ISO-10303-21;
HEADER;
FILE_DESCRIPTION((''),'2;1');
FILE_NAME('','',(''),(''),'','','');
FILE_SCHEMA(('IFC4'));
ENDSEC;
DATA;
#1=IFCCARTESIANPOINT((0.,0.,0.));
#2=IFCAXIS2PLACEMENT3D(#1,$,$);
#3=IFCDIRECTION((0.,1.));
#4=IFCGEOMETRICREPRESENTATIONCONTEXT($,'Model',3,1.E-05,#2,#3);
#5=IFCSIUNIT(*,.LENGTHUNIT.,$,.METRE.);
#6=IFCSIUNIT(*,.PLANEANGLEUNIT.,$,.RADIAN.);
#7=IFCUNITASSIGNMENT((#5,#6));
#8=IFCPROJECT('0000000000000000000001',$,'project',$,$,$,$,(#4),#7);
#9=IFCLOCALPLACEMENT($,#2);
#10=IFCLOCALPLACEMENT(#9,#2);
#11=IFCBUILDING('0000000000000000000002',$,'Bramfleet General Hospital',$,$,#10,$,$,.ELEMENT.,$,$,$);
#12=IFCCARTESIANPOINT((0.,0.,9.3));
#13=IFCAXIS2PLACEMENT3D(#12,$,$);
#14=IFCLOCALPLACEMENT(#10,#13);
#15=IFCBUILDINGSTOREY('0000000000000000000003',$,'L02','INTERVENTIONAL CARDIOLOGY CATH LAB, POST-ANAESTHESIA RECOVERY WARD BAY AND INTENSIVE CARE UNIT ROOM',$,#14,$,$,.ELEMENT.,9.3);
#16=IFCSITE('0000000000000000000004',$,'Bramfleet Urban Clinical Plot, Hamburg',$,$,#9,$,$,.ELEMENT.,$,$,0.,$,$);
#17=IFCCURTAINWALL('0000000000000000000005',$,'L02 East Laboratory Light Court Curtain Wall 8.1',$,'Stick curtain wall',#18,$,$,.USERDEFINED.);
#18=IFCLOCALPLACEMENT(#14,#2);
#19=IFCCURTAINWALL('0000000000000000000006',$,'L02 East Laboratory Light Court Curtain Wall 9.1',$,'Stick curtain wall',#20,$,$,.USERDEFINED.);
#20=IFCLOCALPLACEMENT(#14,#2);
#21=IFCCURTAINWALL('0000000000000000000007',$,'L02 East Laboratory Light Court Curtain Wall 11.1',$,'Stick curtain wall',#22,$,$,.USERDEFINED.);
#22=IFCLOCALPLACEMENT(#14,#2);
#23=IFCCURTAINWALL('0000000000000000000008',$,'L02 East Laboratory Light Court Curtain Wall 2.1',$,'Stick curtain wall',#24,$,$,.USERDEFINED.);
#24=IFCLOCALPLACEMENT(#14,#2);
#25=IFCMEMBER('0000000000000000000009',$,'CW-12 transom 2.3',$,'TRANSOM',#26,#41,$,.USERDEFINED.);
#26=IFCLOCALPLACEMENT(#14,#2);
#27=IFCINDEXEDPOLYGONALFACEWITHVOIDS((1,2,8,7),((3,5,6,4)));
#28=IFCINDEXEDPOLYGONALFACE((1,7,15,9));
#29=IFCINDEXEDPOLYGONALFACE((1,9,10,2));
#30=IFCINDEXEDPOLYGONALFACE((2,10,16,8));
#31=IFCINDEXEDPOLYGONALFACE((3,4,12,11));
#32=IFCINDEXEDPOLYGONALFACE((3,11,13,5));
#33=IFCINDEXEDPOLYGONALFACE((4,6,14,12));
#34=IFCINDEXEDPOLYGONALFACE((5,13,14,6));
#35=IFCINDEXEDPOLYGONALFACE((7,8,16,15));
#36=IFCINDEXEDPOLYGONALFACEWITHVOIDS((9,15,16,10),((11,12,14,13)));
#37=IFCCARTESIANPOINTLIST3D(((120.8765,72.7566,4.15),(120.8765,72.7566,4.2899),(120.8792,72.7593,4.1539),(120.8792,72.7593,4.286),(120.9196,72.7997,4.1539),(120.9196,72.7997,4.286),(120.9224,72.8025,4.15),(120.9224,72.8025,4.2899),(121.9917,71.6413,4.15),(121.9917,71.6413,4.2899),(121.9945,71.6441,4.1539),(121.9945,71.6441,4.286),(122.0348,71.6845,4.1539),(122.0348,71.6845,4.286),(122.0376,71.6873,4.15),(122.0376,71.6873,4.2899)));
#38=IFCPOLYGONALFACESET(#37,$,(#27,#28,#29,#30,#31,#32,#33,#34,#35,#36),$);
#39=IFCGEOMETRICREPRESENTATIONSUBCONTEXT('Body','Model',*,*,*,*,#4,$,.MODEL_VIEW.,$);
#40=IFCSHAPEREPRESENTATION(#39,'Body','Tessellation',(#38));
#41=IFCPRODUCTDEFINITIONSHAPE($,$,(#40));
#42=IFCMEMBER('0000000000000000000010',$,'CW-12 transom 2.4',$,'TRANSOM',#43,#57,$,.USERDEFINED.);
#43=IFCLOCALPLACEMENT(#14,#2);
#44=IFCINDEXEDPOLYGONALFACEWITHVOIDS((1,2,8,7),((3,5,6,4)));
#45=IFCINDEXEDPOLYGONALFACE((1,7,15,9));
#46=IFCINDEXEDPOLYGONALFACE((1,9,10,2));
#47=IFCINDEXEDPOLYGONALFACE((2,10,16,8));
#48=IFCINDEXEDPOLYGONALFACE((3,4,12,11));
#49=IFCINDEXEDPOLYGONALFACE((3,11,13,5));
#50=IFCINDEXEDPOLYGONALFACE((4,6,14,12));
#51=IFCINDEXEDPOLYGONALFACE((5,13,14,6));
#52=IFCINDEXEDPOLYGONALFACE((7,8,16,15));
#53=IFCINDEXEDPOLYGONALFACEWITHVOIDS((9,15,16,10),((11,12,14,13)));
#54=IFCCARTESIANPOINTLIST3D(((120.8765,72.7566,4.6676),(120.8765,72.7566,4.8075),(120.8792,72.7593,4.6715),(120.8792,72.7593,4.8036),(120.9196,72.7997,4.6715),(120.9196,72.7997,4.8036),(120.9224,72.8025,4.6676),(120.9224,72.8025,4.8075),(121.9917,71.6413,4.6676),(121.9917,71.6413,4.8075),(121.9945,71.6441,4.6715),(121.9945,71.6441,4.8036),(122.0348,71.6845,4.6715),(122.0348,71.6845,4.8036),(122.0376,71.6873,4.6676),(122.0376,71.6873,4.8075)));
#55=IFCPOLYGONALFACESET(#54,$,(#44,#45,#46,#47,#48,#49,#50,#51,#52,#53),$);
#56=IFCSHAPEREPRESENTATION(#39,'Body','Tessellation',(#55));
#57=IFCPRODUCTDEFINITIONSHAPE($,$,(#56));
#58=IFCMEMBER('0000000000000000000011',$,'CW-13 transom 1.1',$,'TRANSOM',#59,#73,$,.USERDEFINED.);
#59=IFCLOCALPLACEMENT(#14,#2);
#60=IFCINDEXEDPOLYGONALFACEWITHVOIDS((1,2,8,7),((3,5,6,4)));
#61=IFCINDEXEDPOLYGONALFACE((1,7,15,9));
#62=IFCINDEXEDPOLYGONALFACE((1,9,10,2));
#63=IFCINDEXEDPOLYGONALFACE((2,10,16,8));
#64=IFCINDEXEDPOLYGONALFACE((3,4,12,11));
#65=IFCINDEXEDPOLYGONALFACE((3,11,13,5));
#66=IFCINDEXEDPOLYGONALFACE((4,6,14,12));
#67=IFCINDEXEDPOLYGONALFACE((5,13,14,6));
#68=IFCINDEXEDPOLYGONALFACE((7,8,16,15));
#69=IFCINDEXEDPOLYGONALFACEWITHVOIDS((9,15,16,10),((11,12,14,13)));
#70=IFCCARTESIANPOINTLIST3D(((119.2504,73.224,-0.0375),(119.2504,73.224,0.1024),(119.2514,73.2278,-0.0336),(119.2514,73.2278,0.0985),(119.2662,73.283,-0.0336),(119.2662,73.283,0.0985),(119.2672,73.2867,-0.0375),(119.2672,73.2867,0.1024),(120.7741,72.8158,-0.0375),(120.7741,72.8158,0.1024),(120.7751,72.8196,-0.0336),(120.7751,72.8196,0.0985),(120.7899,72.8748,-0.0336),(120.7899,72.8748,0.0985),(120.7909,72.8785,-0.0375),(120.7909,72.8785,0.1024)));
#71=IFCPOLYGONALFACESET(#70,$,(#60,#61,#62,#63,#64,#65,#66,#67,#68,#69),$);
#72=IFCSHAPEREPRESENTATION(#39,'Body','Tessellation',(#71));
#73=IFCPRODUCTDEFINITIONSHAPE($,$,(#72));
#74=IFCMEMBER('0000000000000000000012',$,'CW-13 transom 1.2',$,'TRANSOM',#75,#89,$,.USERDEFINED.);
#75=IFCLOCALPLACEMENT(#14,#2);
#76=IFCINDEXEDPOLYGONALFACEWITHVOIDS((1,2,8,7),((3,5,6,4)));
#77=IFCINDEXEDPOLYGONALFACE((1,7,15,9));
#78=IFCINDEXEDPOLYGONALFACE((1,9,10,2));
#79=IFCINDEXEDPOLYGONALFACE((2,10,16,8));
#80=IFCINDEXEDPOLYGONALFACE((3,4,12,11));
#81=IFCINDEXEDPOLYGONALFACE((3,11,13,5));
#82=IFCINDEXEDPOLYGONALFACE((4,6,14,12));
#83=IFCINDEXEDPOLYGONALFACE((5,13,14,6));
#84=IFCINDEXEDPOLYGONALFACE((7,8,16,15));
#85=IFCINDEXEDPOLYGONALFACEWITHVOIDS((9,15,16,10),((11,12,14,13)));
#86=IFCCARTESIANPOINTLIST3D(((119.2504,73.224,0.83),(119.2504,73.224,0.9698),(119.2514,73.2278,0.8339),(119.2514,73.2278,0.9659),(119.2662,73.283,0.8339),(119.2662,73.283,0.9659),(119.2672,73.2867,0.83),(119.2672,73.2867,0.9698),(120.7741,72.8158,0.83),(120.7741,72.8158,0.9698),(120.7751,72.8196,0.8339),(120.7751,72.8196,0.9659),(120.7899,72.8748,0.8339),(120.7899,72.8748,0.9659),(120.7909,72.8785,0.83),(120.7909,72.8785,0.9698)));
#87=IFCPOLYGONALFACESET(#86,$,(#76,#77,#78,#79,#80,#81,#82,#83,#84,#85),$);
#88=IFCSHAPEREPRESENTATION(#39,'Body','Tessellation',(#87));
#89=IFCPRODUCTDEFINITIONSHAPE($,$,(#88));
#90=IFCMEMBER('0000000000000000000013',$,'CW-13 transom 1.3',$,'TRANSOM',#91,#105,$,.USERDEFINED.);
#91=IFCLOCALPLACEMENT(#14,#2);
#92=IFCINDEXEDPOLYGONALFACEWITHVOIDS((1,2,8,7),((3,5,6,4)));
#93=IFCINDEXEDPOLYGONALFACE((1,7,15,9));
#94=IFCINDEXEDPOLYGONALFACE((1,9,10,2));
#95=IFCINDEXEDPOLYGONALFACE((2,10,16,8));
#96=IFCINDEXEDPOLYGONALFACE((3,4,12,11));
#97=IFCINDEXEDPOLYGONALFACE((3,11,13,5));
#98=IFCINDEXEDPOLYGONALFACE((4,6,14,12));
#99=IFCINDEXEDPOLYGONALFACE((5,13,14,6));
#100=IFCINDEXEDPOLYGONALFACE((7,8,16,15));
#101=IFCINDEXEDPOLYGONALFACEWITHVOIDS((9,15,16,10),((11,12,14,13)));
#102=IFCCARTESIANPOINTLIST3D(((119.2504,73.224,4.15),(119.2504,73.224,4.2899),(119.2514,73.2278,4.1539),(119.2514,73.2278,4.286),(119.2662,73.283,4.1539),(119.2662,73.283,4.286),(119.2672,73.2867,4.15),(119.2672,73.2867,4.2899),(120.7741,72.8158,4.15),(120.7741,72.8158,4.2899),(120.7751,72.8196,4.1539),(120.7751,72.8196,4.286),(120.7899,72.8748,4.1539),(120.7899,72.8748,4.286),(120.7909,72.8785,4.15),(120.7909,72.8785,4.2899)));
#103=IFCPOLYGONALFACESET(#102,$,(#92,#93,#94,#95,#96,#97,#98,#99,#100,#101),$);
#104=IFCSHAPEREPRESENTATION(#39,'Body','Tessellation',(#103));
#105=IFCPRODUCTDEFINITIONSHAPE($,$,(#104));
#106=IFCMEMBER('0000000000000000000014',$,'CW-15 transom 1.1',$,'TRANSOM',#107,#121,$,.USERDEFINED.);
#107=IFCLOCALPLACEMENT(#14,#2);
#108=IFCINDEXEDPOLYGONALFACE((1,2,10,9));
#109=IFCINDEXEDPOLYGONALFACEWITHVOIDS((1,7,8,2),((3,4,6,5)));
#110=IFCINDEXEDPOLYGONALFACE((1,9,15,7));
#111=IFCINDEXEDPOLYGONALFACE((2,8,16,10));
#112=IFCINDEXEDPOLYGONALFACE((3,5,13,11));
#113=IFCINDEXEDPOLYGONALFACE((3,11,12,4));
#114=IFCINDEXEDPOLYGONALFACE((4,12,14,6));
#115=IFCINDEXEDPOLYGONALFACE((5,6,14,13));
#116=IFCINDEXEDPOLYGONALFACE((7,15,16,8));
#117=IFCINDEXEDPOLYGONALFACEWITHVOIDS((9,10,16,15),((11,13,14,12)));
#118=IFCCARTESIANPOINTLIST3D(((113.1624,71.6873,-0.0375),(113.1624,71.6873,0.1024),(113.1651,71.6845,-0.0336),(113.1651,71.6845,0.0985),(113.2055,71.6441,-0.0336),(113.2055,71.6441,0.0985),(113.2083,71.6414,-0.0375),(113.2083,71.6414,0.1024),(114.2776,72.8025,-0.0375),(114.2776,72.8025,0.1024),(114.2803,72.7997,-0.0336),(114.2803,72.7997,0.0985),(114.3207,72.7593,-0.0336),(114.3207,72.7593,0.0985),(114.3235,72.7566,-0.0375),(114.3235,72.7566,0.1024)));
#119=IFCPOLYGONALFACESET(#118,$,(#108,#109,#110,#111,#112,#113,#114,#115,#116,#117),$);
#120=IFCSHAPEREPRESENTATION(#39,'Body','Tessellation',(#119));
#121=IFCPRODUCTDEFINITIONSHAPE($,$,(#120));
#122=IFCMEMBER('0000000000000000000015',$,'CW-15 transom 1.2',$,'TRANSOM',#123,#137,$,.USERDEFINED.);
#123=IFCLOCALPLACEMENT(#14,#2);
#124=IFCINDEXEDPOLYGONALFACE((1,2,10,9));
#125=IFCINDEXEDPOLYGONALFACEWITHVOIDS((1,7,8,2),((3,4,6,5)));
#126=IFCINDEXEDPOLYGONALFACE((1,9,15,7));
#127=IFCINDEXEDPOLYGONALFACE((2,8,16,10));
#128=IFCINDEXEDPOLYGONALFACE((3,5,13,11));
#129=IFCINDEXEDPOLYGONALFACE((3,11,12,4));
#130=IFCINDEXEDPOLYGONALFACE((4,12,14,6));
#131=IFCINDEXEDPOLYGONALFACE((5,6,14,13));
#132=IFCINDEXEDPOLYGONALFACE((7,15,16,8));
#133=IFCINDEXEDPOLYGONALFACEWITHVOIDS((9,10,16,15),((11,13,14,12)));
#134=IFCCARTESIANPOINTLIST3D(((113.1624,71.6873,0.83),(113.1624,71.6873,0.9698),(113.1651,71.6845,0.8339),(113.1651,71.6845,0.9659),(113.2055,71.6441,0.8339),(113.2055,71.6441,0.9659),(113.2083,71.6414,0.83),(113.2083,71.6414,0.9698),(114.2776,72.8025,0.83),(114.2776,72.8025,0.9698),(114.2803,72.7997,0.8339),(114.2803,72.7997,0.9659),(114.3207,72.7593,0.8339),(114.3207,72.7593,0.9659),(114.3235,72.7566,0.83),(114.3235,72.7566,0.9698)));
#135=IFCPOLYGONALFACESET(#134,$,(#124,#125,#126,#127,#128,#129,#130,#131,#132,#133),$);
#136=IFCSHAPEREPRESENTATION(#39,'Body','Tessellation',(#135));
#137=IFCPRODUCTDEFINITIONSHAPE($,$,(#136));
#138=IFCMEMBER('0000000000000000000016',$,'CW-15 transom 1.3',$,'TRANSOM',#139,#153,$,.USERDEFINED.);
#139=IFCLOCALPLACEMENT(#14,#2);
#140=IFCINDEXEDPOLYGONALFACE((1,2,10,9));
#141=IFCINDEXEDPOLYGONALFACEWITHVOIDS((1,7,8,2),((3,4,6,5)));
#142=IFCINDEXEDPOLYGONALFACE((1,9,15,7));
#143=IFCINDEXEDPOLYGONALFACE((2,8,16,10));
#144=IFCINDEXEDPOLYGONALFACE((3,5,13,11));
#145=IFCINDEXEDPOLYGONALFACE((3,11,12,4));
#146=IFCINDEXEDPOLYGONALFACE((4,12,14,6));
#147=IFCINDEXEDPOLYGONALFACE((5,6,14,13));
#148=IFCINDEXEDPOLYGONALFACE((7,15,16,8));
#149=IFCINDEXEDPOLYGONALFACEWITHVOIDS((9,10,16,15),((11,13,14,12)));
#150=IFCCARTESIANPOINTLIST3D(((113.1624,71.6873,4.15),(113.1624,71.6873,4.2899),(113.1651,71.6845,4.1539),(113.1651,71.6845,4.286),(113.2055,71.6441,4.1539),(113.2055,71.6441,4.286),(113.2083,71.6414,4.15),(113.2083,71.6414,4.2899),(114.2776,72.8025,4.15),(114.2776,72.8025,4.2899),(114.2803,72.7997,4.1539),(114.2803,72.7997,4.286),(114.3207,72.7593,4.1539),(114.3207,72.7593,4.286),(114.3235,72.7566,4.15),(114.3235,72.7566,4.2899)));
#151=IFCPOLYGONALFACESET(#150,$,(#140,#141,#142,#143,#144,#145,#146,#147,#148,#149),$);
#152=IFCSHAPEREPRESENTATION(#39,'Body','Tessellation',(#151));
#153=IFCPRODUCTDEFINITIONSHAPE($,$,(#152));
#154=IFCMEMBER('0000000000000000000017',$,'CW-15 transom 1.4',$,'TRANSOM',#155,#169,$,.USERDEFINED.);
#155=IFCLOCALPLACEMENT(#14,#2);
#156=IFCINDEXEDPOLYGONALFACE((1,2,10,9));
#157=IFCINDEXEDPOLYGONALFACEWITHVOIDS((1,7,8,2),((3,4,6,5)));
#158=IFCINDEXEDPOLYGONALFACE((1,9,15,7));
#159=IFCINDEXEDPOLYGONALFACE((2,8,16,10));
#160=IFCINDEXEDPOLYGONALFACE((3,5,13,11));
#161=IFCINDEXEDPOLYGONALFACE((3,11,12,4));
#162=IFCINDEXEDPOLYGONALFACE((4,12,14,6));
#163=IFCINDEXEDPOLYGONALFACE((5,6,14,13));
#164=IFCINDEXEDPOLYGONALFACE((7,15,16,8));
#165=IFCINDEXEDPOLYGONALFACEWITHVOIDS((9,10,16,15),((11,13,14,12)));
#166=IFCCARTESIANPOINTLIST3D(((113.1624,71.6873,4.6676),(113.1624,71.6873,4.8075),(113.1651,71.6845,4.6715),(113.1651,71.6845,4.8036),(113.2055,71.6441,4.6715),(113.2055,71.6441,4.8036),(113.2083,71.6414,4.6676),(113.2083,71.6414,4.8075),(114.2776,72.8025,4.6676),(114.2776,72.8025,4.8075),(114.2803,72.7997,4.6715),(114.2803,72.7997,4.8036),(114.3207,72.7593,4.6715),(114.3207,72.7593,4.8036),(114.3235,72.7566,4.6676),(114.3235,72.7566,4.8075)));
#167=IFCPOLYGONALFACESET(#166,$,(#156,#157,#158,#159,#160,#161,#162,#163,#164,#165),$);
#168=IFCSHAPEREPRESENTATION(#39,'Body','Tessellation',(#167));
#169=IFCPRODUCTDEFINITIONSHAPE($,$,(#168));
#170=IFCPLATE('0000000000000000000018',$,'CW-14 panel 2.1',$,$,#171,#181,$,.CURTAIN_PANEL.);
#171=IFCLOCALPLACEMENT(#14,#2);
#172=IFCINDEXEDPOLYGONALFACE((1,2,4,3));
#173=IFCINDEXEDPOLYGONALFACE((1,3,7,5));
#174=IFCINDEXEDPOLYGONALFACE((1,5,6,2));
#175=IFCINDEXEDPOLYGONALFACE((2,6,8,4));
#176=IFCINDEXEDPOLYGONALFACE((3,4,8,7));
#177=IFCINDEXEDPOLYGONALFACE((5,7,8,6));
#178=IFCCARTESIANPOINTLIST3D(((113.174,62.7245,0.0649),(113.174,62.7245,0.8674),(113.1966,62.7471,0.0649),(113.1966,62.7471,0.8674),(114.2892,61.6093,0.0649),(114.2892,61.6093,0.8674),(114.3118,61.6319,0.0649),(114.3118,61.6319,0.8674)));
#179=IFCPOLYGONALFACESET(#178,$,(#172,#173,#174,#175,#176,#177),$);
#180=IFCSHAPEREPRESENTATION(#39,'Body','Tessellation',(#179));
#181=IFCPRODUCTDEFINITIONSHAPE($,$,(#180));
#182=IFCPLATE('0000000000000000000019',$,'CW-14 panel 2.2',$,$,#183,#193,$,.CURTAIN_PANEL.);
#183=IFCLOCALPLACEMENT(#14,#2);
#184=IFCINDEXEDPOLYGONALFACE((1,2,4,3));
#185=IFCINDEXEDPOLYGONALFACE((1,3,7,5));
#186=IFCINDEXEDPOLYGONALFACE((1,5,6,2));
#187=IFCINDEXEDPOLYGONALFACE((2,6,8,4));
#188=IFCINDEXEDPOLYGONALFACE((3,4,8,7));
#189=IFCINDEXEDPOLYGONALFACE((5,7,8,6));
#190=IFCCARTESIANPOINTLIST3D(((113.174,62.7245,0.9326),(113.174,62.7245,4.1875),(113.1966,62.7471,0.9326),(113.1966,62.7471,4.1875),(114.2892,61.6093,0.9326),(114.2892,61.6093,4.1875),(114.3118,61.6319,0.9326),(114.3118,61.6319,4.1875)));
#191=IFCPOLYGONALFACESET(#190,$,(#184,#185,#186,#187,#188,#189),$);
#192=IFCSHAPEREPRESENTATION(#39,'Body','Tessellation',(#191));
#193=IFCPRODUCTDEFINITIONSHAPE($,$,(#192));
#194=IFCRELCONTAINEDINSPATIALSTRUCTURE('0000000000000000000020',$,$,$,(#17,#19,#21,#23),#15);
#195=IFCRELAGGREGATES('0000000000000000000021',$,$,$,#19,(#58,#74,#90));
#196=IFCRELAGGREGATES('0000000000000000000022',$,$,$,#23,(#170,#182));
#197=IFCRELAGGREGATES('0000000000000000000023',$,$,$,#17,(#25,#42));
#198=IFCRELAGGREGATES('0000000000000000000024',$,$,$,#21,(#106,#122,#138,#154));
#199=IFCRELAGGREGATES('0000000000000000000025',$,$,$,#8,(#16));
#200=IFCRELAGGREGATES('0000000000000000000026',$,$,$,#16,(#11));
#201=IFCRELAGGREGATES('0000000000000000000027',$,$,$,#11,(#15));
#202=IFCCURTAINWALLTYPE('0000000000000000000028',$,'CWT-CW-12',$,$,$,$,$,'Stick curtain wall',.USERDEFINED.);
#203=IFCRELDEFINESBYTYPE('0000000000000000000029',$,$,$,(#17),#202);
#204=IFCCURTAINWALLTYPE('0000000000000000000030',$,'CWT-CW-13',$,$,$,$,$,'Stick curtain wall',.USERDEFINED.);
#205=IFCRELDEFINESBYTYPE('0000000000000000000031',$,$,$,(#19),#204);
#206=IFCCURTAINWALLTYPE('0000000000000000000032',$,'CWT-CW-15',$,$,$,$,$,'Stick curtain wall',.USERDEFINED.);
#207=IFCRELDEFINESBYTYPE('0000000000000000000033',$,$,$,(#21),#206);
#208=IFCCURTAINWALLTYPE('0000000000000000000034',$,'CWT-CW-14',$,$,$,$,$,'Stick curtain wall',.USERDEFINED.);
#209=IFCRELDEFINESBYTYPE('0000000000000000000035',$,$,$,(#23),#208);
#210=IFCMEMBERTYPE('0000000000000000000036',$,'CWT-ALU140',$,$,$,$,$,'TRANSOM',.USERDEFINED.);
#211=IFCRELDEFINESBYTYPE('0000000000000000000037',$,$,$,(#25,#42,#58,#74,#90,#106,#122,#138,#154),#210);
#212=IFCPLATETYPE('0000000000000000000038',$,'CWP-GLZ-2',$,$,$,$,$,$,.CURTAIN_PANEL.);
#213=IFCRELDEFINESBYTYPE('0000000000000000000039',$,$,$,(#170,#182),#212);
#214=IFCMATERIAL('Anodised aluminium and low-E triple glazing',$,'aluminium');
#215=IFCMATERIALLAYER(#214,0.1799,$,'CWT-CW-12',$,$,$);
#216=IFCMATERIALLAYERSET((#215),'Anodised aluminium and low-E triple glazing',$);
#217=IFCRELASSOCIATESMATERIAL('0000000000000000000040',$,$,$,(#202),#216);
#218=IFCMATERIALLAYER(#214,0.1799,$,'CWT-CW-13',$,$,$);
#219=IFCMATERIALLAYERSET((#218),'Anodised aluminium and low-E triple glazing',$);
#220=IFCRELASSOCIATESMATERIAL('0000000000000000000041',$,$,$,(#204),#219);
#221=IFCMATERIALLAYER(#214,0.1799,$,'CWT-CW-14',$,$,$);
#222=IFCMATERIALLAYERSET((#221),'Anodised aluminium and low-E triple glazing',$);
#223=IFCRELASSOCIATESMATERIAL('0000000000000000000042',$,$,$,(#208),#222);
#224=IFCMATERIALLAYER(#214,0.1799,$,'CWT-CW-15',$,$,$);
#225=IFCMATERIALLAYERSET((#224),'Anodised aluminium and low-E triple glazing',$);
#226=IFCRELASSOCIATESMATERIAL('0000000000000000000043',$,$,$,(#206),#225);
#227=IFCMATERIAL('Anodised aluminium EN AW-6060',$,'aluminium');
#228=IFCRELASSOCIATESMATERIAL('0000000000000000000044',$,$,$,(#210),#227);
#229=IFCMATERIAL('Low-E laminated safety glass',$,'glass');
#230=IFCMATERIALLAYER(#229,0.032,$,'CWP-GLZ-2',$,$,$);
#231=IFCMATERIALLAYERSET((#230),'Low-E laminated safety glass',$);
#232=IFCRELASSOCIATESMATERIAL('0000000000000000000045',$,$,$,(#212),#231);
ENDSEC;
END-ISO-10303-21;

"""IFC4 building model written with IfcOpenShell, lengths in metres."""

from ifc_helpers import new_model, si_unit, direction, frame, origin, origin_2d, place, context, subcontext, project, spatial, rectangle, hollow_rectangle, extrude, material, layer, layer_set, material_profile, profile_set, type_object, element, aggregate, save


model = new_model("IFC4")

# Units and contexts
model_context = context("Model", 3, precision=1e-05, world=origin(), true_north=direction((0.0, 1.0)))
body_context = subcontext(model_context, "Body", "Model", "MODEL_VIEW")
ifc_project = project(units=[si_unit("LENGTHUNIT", "METRE"), si_unit("PLANEANGLEUNIT", "RADIAN")], contexts=[model_context])

# Site, building, storey
site_placement = place(None, origin())
site = spatial("IfcSite", under=ifc_project, at=site_placement, Name="Bramfleet Urban Clinical Plot, Hamburg", CompositionType="ELEMENT", RefElevation=0.0)
building_placement = place(site_placement, origin())
building = spatial("IfcBuilding", under=site, at=building_placement, Name="Bramfleet General Hospital", CompositionType="ELEMENT")
storey_placement = place(building_placement, frame((0.0, 0.0, 9.3)))
storey = spatial("IfcBuildingStorey", under=building, at=storey_placement, Name="L02", Description="INTERVENTIONAL CARDIOLOGY CATH LAB, POST-ANAESTHESIA RECOVERY WARD BAY AND INTENSIVE CARE UNIT ROOM", CompositionType="ELEMENT", Elevation=9.3)

# Curtain walls
ifc_material_1 = material(Name="Anodised aluminium and low-E triple glazing", Category="aluminium")
ifc_material_2 = material(Name="Anodised aluminium EN AW-6060", Category="aluminium")
ifc_layer_1 = layer(ifc_material_1, 0.1799, Name="CWT-CW-12")
ifc_layer_set_1 = layer_set([ifc_layer_1], Name="Anodised aluminium and low-E triple glazing")
curtain_wall_type_1 = type_object("IfcCurtainWallType", Name="CWT-CW-12", ElementType="Stick curtain wall", PredefinedType="USERDEFINED", material=ifc_layer_set_1)
curtain_wall_1_placement = place(storey_placement, origin())
curtain_wall_1 = element("IfcCurtainWall", 1, at=curtain_wall_1_placement, inside=storey, type_object=curtain_wall_type_1, Name="L02 East Laboratory Light Court Curtain Wall 8.1", ObjectType="Stick curtain wall", PredefinedType="USERDEFINED")
ifc_layer_2 = layer(ifc_material_1, 0.1799, Name="CWT-CW-13")
ifc_layer_set_2 = layer_set([ifc_layer_2], Name="Anodised aluminium and low-E triple glazing")
curtain_wall_type_2 = type_object("IfcCurtainWallType", Name="CWT-CW-13", ElementType="Stick curtain wall", PredefinedType="USERDEFINED", material=ifc_layer_set_2)
curtain_wall_2_placement = place(storey_placement, origin())
curtain_wall_2 = element("IfcCurtainWall", 2, at=curtain_wall_2_placement, inside=storey, type_object=curtain_wall_type_2, Name="L02 East Laboratory Light Court Curtain Wall 9.1", ObjectType="Stick curtain wall", PredefinedType="USERDEFINED")
ifc_layer_3 = layer(ifc_material_1, 0.1799, Name="CWT-CW-14")
ifc_layer_set_3 = layer_set([ifc_layer_3], Name="Anodised aluminium and low-E triple glazing")
curtain_wall_type_3 = type_object("IfcCurtainWallType", Name="CWT-CW-14", ElementType="Stick curtain wall", PredefinedType="USERDEFINED", material=ifc_layer_set_3)
ifc_layer_4 = layer(ifc_material_1, 0.1799, Name="CWT-CW-15")
ifc_layer_set_4 = layer_set([ifc_layer_4], Name="Anodised aluminium and low-E triple glazing")
curtain_wall_type_4 = type_object("IfcCurtainWallType", Name="CWT-CW-15", ElementType="Stick curtain wall", PredefinedType="USERDEFINED", material=ifc_layer_set_4)
curtain_wall_3_placement = place(storey_placement, origin())
curtain_wall_3 = element("IfcCurtainWall", 3, at=curtain_wall_3_placement, inside=storey, type_object=curtain_wall_type_4, Name="L02 East Laboratory Light Court Curtain Wall 11.1", ObjectType="Stick curtain wall", PredefinedType="USERDEFINED")

# Curtain wall
curtain_wall_4_placement = place(storey_placement, origin())
curtain_wall_4 = element("IfcCurtainWall", 4, at=curtain_wall_4_placement, inside=storey, type_object=curtain_wall_type_3, Name="L02 East Laboratory Light Court Curtain Wall 2.1", ObjectType="Stick curtain wall", PredefinedType="USERDEFINED")
ifc_material_profile_1 = material_profile(ifc_material_2, hollow_rectangle(XDim=0.0649, YDim=0.1399, WallThickness=0.0039, at=origin_2d()), Name="ALU 140x65x4.0")
ifc_profile_set_1 = profile_set([ifc_material_profile_1], Name="Anodised aluminium EN AW-6060")
member_type_1 = type_object("IfcMemberType", Name="CWT-ALU140", ElementType="TRANSOM", PredefinedType="USERDEFINED", material=ifc_profile_set_1)

# Members
member_1_placement = place(storey_placement, frame((122.0146, 71.6643, 4.22), z_axis=(-0.707107, 0.707107, 0.0), x_axis=(-0.707107, -0.707107, 0.0)))
member_1 = element("IfcMember", 5, at=member_1_placement, type_object=member_type_1, Name="CW-12 transom 2.3", ObjectType="TRANSOM", PredefinedType="USERDEFINED", context=body_context, shape_type="SweptSolid", body=[
    extrude(hollow_rectangle(XDim=0.0649, YDim=0.1399, WallThickness=0.0039, at=origin_2d()), origin(), (0.0, 0.0, 1.0), 1.5771),
])
member_2_placement = place(storey_placement, frame((122.0146, 71.6643, 4.7375), z_axis=(-0.707107, 0.707107, 0.0), x_axis=(-0.707107, -0.707107, 0.0)))
member_2 = element("IfcMember", 6, at=member_2_placement, type_object=member_type_1, Name="CW-12 transom 2.4", ObjectType="TRANSOM", PredefinedType="USERDEFINED", context=body_context, shape_type="SweptSolid", body=[
    extrude(hollow_rectangle(XDim=0.0649, YDim=0.1399, WallThickness=0.0039, at=origin_2d()), origin(), (0.0, 0.0, 1.0), 1.5771),
])
member_3_placement = place(storey_placement, frame((120.7825, 72.8472, 0.0325), z_axis=(-0.965936, 0.25878, 0.0), x_axis=(-0.25878, -0.965936, 0.0)))
member_3 = element("IfcMember", 7, at=member_3_placement, type_object=member_type_1, Name="CW-13 transom 1.1", ObjectType="TRANSOM", PredefinedType="USERDEFINED", context=body_context, shape_type="SweptSolid", body=[
    extrude(hollow_rectangle(XDim=0.0649, YDim=0.1399, WallThickness=0.0039, at=origin_2d()), origin(), (0.0, 0.0, 1.0), 1.5774),
])
member_4_placement = place(storey_placement, frame((120.7825, 72.8472, 0.8999), z_axis=(-0.965936, 0.25878, 0.0), x_axis=(-0.25878, -0.965936, 0.0)))
member_4 = element("IfcMember", 8, at=member_4_placement, type_object=member_type_1, Name="CW-13 transom 1.2", ObjectType="TRANSOM", PredefinedType="USERDEFINED", context=body_context, shape_type="SweptSolid", body=[
    extrude(hollow_rectangle(XDim=0.0649, YDim=0.1399, WallThickness=0.0039, at=origin_2d()), origin(), (0.0, 0.0, 1.0), 1.5774),
])
member_5_placement = place(storey_placement, frame((120.7825, 72.8472, 4.22), z_axis=(-0.965936, 0.25878, 0.0), x_axis=(-0.25878, -0.965936, 0.0)))
member_5 = element("IfcMember", 9, at=member_5_placement, type_object=member_type_1, Name="CW-13 transom 1.3", ObjectType="TRANSOM", PredefinedType="USERDEFINED", context=body_context, shape_type="SweptSolid", body=[
    extrude(hollow_rectangle(XDim=0.0649, YDim=0.1399, WallThickness=0.0039, at=origin_2d()), origin(), (0.0, 0.0, 1.0), 1.5774),
])
aggregate(curtain_wall_2, [member_3, member_4, member_5])
member_6_placement = place(storey_placement, frame((114.3005, 72.7795, 0.0325), z_axis=(-0.707107, -0.707107, 0.0), x_axis=(0.707107, -0.707107, 0.0)))
member_6 = element("IfcMember", 10, at=member_6_placement, type_object=member_type_1, Name="CW-15 transom 1.1", ObjectType="TRANSOM", PredefinedType="USERDEFINED", context=body_context, shape_type="SweptSolid", body=[
    extrude(hollow_rectangle(XDim=0.0649, YDim=0.1399, WallThickness=0.0039, at=origin_2d()), origin(), (0.0, 0.0, 1.0), 1.5771),
])
member_7_placement = place(storey_placement, frame((114.3005, 72.7795, 0.8999), z_axis=(-0.707107, -0.707107, 0.0), x_axis=(0.707107, -0.707107, 0.0)))
member_7 = element("IfcMember", 11, at=member_7_placement, type_object=member_type_1, Name="CW-15 transom 1.2", ObjectType="TRANSOM", PredefinedType="USERDEFINED", context=body_context, shape_type="SweptSolid", body=[
    extrude(hollow_rectangle(XDim=0.0649, YDim=0.1399, WallThickness=0.0039, at=origin_2d()), origin(), (0.0, 0.0, 1.0), 1.5771),
])
member_8_placement = place(storey_placement, frame((114.3005, 72.7795, 4.22), z_axis=(-0.707107, -0.707107, 0.0), x_axis=(0.707107, -0.707107, 0.0)))
member_8 = element("IfcMember", 12, at=member_8_placement, type_object=member_type_1, Name="CW-15 transom 1.3", ObjectType="TRANSOM", PredefinedType="USERDEFINED", context=body_context, shape_type="SweptSolid", body=[
    extrude(hollow_rectangle(XDim=0.0649, YDim=0.1399, WallThickness=0.0039, at=origin_2d()), origin(), (0.0, 0.0, 1.0), 1.5771),
])
member_9_placement = place(storey_placement, frame((114.3005, 72.7795, 4.7375), z_axis=(-0.707107, -0.707107, 0.0), x_axis=(0.707107, -0.707107, 0.0)))
member_9 = element("IfcMember", 13, at=member_9_placement, type_object=member_type_1, Name="CW-15 transom 1.4", ObjectType="TRANSOM", PredefinedType="USERDEFINED", context=body_context, shape_type="SweptSolid", body=[
    extrude(hollow_rectangle(XDim=0.0649, YDim=0.1399, WallThickness=0.0039, at=origin_2d()), origin(), (0.0, 0.0, 1.0), 1.5771),
])

# Plates
ifc_material_3 = material(Name="Low-E laminated safety glass", Category="glass")
ifc_layer_5 = layer(ifc_material_3, 0.032, Name="CWP-GLZ-2")
ifc_layer_set_5 = layer_set([ifc_layer_5], Name="Low-E laminated safety glass")
plate_type = type_object("IfcPlateType", Name="CWP-GLZ-2", PredefinedType="CURTAIN_PANEL", material=ifc_layer_set_5)
plate_1_placement = place(storey_placement, frame((113.7429, 62.1782, 0.0649), z_axis=(0.0, 0.0, 1.0), x_axis=(0.707107, -0.707107, 0.0)))
plate_1 = element("IfcPlate", 14, at=plate_1_placement, type_object=plate_type, Name="CW-14 panel 2.1", PredefinedType="CURTAIN_PANEL", context=body_context, shape_type="SweptSolid", body=[
    extrude(rectangle(XDim=1.5771, YDim=0.032, at=origin_2d()), origin(), (0.0, 0.0, 1.0), 0.8025),
])
plate_2_placement = place(storey_placement, frame((113.7429, 62.1782, 0.9326), z_axis=(0.0, 0.0, 1.0), x_axis=(0.707107, -0.707107, 0.0)))
plate_2 = element("IfcPlate", 15, at=plate_2_placement, type_object=plate_type, Name="CW-14 panel 2.2", PredefinedType="CURTAIN_PANEL", context=body_context, shape_type="SweptSolid", body=[
    extrude(rectangle(XDim=1.5771, YDim=0.032, at=origin_2d()), origin(), (0.0, 0.0, 1.0), 3.2549),
])
aggregate(curtain_wall_4, [plate_1, plate_2])
aggregate(curtain_wall_1, [member_1, member_2])
aggregate(curtain_wall_3, [member_6, member_7, member_8, member_9])

save(model, "model.ifc")
